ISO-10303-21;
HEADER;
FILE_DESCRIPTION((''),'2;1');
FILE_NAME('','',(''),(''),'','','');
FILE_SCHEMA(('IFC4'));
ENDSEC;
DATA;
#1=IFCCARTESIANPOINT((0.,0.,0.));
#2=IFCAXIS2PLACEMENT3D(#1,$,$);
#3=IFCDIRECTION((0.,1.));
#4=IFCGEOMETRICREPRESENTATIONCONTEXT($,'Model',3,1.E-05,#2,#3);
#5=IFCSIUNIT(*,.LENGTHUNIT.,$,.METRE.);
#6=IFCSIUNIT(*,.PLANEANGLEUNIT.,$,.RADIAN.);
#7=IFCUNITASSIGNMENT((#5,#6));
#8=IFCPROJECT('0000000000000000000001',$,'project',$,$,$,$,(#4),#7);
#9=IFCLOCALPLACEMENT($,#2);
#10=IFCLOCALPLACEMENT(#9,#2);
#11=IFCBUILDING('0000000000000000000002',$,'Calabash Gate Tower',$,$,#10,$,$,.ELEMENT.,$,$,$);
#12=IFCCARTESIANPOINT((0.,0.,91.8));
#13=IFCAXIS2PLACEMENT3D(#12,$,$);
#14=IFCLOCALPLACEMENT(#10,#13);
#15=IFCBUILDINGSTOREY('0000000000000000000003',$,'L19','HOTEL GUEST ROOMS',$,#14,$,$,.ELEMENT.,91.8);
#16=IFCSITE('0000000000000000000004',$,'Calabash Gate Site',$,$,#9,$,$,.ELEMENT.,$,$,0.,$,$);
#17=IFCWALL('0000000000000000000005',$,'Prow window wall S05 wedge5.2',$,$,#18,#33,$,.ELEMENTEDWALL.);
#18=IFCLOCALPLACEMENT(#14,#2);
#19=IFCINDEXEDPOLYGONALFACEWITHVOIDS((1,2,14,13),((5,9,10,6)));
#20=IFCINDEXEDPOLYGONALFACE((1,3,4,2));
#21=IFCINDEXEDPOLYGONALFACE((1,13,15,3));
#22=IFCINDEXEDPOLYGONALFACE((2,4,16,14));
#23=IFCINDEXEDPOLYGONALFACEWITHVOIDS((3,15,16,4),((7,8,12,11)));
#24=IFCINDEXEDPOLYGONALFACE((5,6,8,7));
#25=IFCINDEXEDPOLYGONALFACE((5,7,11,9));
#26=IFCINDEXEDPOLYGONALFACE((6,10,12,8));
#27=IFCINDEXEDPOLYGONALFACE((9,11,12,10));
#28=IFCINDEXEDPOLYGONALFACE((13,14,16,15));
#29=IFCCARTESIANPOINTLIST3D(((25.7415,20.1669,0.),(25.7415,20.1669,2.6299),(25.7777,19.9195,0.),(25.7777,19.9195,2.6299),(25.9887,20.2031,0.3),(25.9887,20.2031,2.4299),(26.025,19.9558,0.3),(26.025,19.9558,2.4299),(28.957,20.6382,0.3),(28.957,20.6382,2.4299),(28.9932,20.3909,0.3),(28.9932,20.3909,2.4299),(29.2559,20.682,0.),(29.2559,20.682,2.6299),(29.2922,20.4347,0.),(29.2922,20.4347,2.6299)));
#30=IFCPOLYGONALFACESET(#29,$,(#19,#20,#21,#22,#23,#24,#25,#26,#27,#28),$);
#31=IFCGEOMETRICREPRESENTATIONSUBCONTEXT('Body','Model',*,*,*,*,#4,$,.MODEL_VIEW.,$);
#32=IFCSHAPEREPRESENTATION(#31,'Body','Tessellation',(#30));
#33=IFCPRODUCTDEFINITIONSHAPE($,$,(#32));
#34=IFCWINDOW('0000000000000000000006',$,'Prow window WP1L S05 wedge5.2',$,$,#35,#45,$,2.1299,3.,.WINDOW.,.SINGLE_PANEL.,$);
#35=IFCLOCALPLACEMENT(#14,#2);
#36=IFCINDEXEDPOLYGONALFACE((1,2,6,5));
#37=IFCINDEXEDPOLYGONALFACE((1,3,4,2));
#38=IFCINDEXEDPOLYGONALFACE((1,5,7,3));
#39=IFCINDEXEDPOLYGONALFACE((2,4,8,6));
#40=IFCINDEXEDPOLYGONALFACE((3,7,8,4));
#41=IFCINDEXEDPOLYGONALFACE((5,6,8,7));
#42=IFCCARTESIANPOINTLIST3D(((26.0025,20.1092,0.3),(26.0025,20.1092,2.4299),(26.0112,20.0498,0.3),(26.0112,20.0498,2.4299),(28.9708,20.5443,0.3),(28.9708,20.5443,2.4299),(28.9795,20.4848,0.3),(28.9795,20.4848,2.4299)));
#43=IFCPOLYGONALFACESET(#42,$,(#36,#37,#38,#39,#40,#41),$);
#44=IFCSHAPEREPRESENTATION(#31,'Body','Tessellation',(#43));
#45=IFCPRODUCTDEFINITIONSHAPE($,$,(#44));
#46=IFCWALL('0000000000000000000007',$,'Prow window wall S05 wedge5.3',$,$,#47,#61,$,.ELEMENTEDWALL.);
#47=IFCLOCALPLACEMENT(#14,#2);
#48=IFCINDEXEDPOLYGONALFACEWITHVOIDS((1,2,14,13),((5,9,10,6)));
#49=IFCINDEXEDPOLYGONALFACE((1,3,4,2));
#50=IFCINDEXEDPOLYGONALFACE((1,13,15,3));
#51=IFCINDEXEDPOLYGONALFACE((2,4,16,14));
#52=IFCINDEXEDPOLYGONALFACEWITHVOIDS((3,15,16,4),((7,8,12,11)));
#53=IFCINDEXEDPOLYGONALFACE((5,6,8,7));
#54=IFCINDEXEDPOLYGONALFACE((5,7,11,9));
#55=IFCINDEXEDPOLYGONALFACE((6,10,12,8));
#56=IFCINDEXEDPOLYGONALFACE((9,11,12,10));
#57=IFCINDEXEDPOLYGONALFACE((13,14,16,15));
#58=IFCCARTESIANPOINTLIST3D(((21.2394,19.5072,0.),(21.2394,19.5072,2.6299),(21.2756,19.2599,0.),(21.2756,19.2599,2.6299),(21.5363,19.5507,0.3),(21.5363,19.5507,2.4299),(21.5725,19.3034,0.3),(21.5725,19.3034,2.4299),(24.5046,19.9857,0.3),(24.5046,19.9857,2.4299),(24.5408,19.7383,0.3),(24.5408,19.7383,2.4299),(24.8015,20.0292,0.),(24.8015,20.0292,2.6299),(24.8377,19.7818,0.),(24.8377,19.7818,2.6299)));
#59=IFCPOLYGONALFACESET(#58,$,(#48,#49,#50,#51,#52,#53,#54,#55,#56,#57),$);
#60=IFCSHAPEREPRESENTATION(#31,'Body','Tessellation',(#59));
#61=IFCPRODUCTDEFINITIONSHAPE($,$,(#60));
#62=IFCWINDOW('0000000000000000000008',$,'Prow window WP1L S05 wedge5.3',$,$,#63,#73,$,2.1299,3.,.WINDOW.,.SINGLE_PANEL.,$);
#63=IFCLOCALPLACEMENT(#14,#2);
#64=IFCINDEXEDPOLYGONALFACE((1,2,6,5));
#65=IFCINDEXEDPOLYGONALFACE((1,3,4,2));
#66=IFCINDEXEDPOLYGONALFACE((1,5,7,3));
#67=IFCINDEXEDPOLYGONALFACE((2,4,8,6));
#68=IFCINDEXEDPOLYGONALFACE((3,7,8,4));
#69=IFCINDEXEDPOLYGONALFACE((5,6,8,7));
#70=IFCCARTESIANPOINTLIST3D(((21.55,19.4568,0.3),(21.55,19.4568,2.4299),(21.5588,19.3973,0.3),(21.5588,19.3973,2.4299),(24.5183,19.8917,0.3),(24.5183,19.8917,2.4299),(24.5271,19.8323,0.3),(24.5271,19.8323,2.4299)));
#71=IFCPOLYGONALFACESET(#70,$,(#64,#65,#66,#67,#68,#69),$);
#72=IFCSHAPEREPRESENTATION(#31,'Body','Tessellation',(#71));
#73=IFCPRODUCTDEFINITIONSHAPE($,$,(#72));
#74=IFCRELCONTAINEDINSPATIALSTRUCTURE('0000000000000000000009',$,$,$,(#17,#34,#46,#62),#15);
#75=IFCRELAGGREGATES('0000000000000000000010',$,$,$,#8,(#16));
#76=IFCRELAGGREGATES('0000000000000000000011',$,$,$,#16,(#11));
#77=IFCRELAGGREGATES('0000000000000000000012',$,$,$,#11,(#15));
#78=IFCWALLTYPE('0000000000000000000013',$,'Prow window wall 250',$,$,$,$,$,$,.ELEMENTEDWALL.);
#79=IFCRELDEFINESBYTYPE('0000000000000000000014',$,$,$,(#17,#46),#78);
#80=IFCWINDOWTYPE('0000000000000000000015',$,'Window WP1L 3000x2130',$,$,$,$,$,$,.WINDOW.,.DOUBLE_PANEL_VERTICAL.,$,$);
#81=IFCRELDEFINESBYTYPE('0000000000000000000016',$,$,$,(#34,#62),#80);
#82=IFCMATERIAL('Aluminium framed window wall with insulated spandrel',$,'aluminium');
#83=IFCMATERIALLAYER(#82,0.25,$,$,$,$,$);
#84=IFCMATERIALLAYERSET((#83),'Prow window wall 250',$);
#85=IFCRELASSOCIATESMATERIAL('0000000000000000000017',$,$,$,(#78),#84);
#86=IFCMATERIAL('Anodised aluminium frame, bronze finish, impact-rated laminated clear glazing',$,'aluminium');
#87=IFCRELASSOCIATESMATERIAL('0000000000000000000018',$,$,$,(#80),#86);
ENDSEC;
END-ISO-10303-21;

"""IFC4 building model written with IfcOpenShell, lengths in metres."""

from ifc_helpers import new_model, si_unit, direction, frame, frame_2d, origin, place, context, subcontext, project, spatial, rectangle, extrude, material, layer, layer_set, type_object, element, fill, save


model = new_model("IFC4")

# Units and contexts
model_context = context("Model", 3, precision=1e-05, world=origin(), true_north=direction((0.0, 1.0)))
body_context = subcontext(model_context, "Body", "Model", "MODEL_VIEW")
ifc_project = project(units=[si_unit("LENGTHUNIT", "METRE"), si_unit("PLANEANGLEUNIT", "RADIAN")], contexts=[model_context])

# Site, building, storey
site_placement = place(None, origin())
site = spatial("IfcSite", under=ifc_project, at=site_placement, Name="Calabash Gate Site", CompositionType="ELEMENT", RefElevation=0.0)
building_placement = place(site_placement, origin())
building = spatial("IfcBuilding", under=site, at=building_placement, Name="Calabash Gate Tower", CompositionType="ELEMENT")
storey_placement = place(building_placement, frame((0.0, 0.0, 91.8)))
storey = spatial("IfcBuildingStorey", under=building, at=storey_placement, Name="L19", Description="HOTEL GUEST ROOMS", CompositionType="ELEMENT", Elevation=91.8)

# Walls, openings, windows
ifc_material_1 = material(Name="Aluminium framed window wall with insulated spandrel", Category="aluminium")
ifc_layer_1 = layer(ifc_material_1, 0.25)
ifc_layer_set_1 = layer_set([ifc_layer_1], Name="Prow window wall 250")
wall_type_1 = type_object("IfcWallType", Name="Prow window wall 250", PredefinedType="ELEMENTEDWALL", material=ifc_layer_set_1)
ifc_material_2 = material(Name="Anodised aluminium frame, bronze finish, impact-rated laminated clear glazing", Category="aluminium")
window_type = type_object("IfcWindowType", Name="Window WP1L 3000x2130", PartitioningType="DOUBLE_PANEL_VERTICAL", PredefinedType="WINDOW", material=ifc_material_2)
wall_1_placement = place(storey_placement, frame((29.2739, 20.5583, 0.0), z_axis=(0.0, 0.0, 1.0), x_axis=(-0.989427, -0.145029, 0.0)))
wall_1 = element("IfcWall", 1, at=wall_1_placement, inside=storey, type_object=wall_type_1, Name="Prow window wall S05 wedge5.2", PredefinedType="ELEMENTEDWALL", context=body_context, shape_type="SweptSolid", body=[
    extrude(rectangle(XDim=3.552, YDim=0.25, at=frame_2d((1.7759, 0.0))), origin(), (0.0, 0.0, 1.0), 2.6299),
])
opening_1_placement = place(wall_1_placement, frame((0.302, 0.0, 0.3)))
opening_1 = element("IfcOpeningElement", 2, at=opening_1_placement, cuts=wall_1, PredefinedType="OPENING", context=body_context, shape_type="SweptSolid", body=[
    extrude(rectangle(XDim=3.0, YDim=2.1299, at=frame_2d((1.5, 1.0649))), frame((0.0, 0.135, 0.0), z_axis=(0.0, -1.0, 0.0), x_axis=(1.0, 0.0, 0.0)), (0.0, 0.0, 1.0), 0.27),
])
window_1_placement = place(opening_1_placement, origin())
window_1 = element("IfcWindow", 3, at=window_1_placement, inside=storey, type_object=window_type, Name="Prow window WP1L S05 wedge5.2", OverallHeight=2.1299, OverallWidth=3.0, PartitioningType="SINGLE_PANEL", PredefinedType="WINDOW", context=body_context, shape_type="SweptSolid", body=[
    extrude(rectangle(XDim=3.0, YDim=2.1299, at=frame_2d((1.5, 1.0649))), frame((0.0, 0.03, 0.0), z_axis=(0.0, -1.0, 0.0), x_axis=(1.0, 0.0, 0.0)), (0.0, 0.0, 1.0), 0.0601),
])
fill(opening_1, window_1)
wall_2_placement = place(storey_placement, frame((24.8196, 19.9055, 0.0), z_axis=(0.0, 0.0, 1.0), x_axis=(-0.989433, -0.14499, 0.0)))
wall_2 = element("IfcWall", 4, at=wall_2_placement, inside=storey, type_object=wall_type_1, Name="Prow window wall S05 wedge5.3", PredefinedType="ELEMENTEDWALL", context=body_context, shape_type="SweptSolid", body=[
    extrude(rectangle(XDim=3.6001, YDim=0.25, at=frame_2d((1.8, 0.0))), origin(), (0.0, 0.0, 1.0), 2.6299),
])
opening_2_placement = place(wall_2_placement, frame((0.3, 0.0, 0.3)))
opening_2 = element("IfcOpeningElement", 5, at=opening_2_placement, cuts=wall_2, PredefinedType="OPENING", context=body_context, shape_type="SweptSolid", body=[
    extrude(rectangle(XDim=3.0, YDim=2.1299, at=frame_2d((1.5, 1.0649))), frame((0.0, 0.135, 0.0), z_axis=(0.0, -1.0, 0.0), x_axis=(1.0, 0.0, 0.0)), (0.0, 0.0, 1.0), 0.27),
])
window_2_placement = place(opening_2_placement, origin())
window_2 = element("IfcWindow", 6, at=window_2_placement, inside=storey, type_object=window_type, Name="Prow window WP1L S05 wedge5.3", OverallHeight=2.1299, OverallWidth=3.0, PartitioningType="SINGLE_PANEL", PredefinedType="WINDOW", context=body_context, shape_type="SweptSolid", body=[
    extrude(rectangle(XDim=3.0, YDim=2.1299, at=frame_2d((1.5, 1.0649))), frame((0.0, 0.03, 0.0), z_axis=(0.0, -1.0, 0.0), x_axis=(1.0, 0.0, 0.0)), (0.0, 0.0, 1.0), 0.0601),
])
fill(opening_2, window_2)

save(model, "model.ifc")
